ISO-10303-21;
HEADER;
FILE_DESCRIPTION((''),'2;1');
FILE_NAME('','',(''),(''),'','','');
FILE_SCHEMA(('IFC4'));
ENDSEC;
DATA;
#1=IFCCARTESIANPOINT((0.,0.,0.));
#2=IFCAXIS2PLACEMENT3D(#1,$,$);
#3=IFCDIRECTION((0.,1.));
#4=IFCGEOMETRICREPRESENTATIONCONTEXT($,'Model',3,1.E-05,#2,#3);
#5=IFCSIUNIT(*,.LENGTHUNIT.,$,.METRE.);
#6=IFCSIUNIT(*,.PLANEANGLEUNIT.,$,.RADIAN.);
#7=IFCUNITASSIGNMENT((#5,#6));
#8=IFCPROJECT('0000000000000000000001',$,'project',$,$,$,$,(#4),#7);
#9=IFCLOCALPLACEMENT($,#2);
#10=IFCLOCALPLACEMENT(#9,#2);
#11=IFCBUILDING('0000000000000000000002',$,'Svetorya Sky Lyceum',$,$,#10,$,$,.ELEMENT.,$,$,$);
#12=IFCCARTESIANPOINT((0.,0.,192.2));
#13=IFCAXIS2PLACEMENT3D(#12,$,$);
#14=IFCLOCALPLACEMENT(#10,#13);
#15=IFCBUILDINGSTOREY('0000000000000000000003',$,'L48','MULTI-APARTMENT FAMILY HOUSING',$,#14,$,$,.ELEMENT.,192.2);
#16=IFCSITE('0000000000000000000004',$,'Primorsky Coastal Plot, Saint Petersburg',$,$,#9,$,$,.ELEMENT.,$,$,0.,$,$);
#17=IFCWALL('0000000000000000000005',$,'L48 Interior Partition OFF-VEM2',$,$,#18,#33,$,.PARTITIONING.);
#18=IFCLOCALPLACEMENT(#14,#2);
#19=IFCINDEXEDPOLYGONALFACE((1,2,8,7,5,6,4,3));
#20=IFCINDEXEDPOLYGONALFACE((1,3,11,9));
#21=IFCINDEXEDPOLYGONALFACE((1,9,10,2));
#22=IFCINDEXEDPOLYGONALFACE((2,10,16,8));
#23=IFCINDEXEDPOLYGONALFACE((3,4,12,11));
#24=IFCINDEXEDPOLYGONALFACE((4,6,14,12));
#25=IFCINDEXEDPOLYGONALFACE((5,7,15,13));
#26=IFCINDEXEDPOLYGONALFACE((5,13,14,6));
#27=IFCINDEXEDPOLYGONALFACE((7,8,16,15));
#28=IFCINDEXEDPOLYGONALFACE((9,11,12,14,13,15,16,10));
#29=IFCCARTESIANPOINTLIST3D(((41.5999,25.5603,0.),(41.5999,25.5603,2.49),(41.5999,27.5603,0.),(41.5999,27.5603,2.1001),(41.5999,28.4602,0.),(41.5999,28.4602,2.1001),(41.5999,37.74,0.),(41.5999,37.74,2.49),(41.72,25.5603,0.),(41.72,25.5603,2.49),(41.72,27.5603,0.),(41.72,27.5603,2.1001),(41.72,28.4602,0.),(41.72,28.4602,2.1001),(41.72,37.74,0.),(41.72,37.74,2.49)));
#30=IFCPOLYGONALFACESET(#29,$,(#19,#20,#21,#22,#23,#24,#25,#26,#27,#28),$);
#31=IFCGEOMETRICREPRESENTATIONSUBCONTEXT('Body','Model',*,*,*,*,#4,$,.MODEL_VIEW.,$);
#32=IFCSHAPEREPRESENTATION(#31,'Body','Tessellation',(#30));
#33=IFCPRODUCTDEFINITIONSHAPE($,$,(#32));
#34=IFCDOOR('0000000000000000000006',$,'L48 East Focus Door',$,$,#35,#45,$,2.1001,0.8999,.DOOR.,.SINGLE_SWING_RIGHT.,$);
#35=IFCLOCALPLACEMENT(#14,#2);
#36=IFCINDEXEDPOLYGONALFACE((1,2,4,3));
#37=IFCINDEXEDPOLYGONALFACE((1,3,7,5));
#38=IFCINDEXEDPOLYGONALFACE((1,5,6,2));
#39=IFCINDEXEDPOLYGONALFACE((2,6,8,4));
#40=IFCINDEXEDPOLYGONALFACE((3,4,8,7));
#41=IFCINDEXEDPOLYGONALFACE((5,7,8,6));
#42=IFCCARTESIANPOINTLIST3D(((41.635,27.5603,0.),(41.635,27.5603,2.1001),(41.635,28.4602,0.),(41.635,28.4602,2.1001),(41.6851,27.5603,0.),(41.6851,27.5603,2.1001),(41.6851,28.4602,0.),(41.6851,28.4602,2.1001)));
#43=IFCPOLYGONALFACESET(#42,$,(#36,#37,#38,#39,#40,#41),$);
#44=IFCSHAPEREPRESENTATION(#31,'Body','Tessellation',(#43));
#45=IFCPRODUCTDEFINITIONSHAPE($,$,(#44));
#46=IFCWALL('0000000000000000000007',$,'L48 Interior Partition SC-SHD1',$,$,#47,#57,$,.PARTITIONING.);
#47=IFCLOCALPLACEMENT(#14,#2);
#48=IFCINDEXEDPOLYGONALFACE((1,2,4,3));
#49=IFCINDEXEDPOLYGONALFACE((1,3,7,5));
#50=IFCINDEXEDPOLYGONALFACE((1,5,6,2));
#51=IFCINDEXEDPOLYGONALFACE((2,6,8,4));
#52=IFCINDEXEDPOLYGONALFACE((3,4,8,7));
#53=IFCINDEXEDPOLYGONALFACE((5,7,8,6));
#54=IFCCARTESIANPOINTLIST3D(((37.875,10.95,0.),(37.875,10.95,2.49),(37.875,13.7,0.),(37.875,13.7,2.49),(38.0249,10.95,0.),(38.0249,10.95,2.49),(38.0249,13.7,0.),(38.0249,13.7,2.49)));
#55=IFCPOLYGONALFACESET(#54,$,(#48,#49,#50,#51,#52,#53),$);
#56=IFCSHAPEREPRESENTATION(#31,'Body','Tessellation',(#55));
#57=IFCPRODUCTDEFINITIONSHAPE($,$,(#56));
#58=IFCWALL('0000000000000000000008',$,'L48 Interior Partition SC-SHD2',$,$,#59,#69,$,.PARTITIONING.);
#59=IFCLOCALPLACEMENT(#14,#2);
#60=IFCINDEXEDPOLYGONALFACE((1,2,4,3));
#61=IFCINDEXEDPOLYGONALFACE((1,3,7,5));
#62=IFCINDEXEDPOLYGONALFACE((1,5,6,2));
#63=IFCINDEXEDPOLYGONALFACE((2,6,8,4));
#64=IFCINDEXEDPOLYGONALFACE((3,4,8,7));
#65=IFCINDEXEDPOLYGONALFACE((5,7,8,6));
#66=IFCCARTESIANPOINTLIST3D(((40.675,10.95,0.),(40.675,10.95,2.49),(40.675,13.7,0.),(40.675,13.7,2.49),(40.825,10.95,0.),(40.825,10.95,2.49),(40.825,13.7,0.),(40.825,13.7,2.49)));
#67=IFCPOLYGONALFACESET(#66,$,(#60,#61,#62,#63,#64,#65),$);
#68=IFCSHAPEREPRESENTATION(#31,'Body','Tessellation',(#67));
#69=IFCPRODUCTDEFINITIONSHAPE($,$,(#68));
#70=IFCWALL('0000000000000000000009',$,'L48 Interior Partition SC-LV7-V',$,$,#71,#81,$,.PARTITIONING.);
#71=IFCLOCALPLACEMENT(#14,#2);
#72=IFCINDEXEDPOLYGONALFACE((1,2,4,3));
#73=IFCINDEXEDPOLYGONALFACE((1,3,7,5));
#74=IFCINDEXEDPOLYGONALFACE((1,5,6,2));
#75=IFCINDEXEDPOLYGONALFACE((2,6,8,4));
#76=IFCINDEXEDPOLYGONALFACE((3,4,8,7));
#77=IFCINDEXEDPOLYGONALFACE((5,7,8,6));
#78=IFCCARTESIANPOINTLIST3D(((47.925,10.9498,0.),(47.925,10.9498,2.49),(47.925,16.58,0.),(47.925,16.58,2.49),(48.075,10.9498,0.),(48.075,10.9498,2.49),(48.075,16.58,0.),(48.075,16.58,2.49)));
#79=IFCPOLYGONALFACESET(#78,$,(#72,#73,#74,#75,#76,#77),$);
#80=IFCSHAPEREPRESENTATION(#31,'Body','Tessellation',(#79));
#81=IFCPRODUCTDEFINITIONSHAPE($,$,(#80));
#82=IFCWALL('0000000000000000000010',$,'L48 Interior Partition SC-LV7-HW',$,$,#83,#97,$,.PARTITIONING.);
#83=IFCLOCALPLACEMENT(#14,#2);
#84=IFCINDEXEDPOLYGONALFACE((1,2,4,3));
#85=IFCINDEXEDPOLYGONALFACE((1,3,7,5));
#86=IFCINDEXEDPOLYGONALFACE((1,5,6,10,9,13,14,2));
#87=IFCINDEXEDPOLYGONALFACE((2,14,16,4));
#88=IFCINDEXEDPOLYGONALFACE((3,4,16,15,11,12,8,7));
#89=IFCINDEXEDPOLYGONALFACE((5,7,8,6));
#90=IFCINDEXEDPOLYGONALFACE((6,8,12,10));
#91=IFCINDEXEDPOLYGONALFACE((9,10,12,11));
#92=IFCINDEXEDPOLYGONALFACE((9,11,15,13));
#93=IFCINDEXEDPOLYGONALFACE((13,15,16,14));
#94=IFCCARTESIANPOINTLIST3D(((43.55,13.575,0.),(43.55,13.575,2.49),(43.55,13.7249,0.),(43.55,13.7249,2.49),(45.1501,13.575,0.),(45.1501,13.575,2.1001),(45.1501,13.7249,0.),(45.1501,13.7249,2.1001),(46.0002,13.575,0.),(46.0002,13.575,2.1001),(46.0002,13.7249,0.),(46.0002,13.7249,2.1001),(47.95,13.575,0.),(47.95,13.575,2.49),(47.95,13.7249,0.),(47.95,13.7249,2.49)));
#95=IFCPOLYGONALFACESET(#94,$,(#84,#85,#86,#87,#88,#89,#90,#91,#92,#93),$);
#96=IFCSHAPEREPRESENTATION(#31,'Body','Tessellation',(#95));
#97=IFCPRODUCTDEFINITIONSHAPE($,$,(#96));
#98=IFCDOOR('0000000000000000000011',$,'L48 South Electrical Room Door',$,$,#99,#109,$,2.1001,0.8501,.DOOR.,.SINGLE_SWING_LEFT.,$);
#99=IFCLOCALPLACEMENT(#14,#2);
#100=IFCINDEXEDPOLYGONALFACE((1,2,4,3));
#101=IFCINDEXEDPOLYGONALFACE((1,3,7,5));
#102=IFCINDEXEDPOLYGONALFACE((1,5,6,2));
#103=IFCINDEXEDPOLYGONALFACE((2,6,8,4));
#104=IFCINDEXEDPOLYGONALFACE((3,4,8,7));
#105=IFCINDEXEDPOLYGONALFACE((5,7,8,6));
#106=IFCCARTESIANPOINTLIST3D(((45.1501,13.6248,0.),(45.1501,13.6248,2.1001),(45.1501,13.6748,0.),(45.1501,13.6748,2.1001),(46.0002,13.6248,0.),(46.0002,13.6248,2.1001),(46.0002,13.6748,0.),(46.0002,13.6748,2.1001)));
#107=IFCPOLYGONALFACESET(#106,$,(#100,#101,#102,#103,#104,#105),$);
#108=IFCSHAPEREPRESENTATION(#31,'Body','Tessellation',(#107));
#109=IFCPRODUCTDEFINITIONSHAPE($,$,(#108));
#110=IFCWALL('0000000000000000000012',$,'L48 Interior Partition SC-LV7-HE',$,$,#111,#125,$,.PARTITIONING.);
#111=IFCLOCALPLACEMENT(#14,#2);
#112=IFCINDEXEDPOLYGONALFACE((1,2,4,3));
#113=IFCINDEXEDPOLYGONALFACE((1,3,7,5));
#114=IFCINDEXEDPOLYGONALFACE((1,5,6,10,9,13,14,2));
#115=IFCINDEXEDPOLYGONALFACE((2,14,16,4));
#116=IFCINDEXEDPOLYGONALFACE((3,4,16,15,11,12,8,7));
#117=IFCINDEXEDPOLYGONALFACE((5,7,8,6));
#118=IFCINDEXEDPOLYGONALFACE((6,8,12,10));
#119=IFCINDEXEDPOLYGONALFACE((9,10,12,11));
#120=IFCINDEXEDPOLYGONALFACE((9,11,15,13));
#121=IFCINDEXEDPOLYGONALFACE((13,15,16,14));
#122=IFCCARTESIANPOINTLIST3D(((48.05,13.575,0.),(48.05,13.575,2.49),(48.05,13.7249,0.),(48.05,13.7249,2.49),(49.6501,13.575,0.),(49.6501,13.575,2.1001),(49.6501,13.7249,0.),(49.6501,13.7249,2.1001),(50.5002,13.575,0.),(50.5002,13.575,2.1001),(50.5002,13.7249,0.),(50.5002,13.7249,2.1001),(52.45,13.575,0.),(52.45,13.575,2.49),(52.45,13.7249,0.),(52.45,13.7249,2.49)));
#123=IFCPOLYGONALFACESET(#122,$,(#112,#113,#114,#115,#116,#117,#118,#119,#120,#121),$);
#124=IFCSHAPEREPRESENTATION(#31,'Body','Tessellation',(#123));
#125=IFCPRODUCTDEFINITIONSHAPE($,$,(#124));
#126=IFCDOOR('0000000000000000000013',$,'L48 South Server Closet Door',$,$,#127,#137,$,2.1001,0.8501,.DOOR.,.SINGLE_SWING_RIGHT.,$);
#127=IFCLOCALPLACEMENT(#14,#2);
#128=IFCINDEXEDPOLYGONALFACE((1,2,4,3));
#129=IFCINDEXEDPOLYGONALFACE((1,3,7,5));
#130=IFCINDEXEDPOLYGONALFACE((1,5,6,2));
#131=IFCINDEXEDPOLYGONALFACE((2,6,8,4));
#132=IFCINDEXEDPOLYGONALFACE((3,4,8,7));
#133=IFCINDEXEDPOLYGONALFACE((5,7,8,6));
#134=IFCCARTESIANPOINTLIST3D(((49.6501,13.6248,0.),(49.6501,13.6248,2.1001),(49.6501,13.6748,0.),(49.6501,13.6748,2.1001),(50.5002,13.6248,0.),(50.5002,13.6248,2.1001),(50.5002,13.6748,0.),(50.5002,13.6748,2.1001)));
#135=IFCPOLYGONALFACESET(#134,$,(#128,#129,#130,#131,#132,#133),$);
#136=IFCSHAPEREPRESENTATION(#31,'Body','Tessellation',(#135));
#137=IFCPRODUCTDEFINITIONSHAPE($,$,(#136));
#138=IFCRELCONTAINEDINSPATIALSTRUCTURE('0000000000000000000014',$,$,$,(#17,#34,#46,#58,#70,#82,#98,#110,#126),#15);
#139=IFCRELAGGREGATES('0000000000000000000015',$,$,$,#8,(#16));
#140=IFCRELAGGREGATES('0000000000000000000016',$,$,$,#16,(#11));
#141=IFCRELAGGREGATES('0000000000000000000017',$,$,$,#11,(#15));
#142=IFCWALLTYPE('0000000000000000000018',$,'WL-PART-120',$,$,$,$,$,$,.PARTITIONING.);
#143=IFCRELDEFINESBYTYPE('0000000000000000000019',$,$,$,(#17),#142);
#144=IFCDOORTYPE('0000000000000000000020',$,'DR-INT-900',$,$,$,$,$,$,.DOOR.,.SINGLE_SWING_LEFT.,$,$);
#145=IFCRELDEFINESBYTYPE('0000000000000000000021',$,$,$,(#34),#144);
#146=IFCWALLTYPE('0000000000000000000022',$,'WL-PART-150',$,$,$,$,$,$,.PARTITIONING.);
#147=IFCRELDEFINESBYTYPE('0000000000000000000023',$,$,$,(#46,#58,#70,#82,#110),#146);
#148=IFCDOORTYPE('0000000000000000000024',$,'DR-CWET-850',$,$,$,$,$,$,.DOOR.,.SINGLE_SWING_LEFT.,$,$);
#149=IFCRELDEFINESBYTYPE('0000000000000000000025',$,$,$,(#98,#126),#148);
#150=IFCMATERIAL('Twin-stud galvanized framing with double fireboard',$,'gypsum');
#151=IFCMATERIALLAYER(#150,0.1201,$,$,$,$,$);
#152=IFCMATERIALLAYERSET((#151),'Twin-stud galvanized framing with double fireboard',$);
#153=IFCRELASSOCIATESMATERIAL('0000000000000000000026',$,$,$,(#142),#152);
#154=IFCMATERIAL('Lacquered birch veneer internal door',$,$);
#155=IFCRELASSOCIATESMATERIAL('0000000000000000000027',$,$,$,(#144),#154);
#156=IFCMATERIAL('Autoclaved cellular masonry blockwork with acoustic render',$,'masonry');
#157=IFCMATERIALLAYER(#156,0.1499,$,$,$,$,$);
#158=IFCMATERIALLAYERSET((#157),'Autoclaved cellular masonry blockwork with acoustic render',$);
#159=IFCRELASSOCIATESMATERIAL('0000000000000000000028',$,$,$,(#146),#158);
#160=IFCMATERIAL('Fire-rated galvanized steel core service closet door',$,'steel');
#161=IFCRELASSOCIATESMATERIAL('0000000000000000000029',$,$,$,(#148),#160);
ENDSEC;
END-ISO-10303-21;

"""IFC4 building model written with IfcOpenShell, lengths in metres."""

from ifc_helpers import new_model, si_unit, direction, frame, frame_2d, origin, place, context, subcontext, project, spatial, rectangle, extrude, material, layer, layer_set, type_object, element, fill, save


model = new_model("IFC4")

# Units and contexts
model_context = context("Model", 3, precision=1e-05, world=origin(), true_north=direction((0.0, 1.0)))
body_context = subcontext(model_context, "Body", "Model", "MODEL_VIEW")
ifc_project = project(units=[si_unit("LENGTHUNIT", "METRE"), si_unit("PLANEANGLEUNIT", "RADIAN")], contexts=[model_context])

# Site, building, storey
site_placement = place(None, origin())
site = spatial("IfcSite", under=ifc_project, at=site_placement, Name="Primorsky Coastal Plot, Saint Petersburg", CompositionType="ELEMENT", RefElevation=0.0)
building_placement = place(site_placement, origin())
building = spatial("IfcBuilding", under=site, at=building_placement, Name="Svetorya Sky Lyceum", CompositionType="ELEMENT")
storey_placement = place(building_placement, frame((0.0, 0.0, 192.2)))
storey = spatial("IfcBuildingStorey", under=building, at=storey_placement, Name="L48", Description="MULTI-APARTMENT FAMILY HOUSING", CompositionType="ELEMENT", Elevation=192.2)

# Wall, opening, door
ifc_material_1 = material(Name="Twin-stud galvanized framing with double fireboard", Category="gypsum")
ifc_layer_1 = layer(ifc_material_1, 0.1201)
ifc_layer_set_1 = layer_set([ifc_layer_1], Name="Twin-stud galvanized framing with double fireboard")
wall_type_1 = type_object("IfcWallType", Name="WL-PART-120", PredefinedType="PARTITIONING", material=ifc_layer_set_1)
ifc_material_2 = material(Name="Lacquered birch veneer internal door")
door_type_1 = type_object("IfcDoorType", Name="DR-INT-900", OperationType="SINGLE_SWING_LEFT", PredefinedType="DOOR", material=ifc_material_2)
wall_1_placement = place(storey_placement, frame((41.6599, 25.5603, 0.0), z_axis=(0.0, 0.0, 1.0), x_axis=(0.0, 1.0, 0.0)))
wall_1 = element("IfcWall", 1, at=wall_1_placement, inside=storey, type_object=wall_type_1, Name="L48 Interior Partition OFF-VEM2", PredefinedType="PARTITIONING", context=body_context, shape_type="SweptSolid", body=[
    extrude(rectangle(XDim=12.1797, YDim=0.1201, at=frame_2d((6.0898, 0.0))), origin(), (0.0, 0.0, 1.0), 2.49),
])
opening_1_placement = place(wall_1_placement, frame((2.0, 0.0, 0.0)))
opening_1 = element("IfcOpeningElement", 2, at=opening_1_placement, cuts=wall_1, PredefinedType="OPENING", context=body_context, shape_type="SweptSolid", body=[
    extrude(rectangle(XDim=0.8999, YDim=2.1001, at=frame_2d((0.45, 1.05))), frame((0.0, 0.0701, 0.0), z_axis=(0.0, -1.0, 0.0), x_axis=(1.0, 0.0, 0.0)), (0.0, 0.0, 1.0), 0.1401),
])
door_1_placement = place(opening_1_placement, origin())
door_1 = element("IfcDoor", 3, at=door_1_placement, inside=storey, type_object=door_type_1, Name="L48 East Focus Door", OperationType="SINGLE_SWING_RIGHT", OverallHeight=2.1001, OverallWidth=0.8999, PredefinedType="DOOR", context=body_context, shape_type="SweptSolid", body=[
    extrude(rectangle(XDim=0.8999, YDim=2.1001, at=frame_2d((0.45, 1.05))), frame((0.0, 0.0249, 0.0), z_axis=(0.0, -1.0, 0.0), x_axis=(1.0, 0.0, 0.0)), (0.0, 0.0, 1.0), 0.05),
])
fill(opening_1, door_1)

# Walls
ifc_material_3 = material(Name="Autoclaved cellular masonry blockwork with acoustic render", Category="masonry")
ifc_layer_2 = layer(ifc_material_3, 0.1499)
ifc_layer_set_2 = layer_set([ifc_layer_2], Name="Autoclaved cellular masonry blockwork with acoustic render")
wall_type_2 = type_object("IfcWallType", Name="WL-PART-150", PredefinedType="PARTITIONING", material=ifc_layer_set_2)
for number, where, z_axis, x_axis, name in (
    (4, (37.95, 10.95, 0.0), (0.0, 0.0, 1.0), (0.0, 1.0, 0.0), "L48 Interior Partition SC-SHD1"),
    (5, (40.75, 10.95, 0.0), (0.0, 0.0, 1.0), (0.0, 1.0, 0.0), "L48 Interior Partition SC-SHD2"),
):
    element("IfcWall", number, at=place(storey_placement, frame(where, z_axis=z_axis, x_axis=x_axis)), inside=storey, type_object=wall_type_2, Name=name, PredefinedType="PARTITIONING", context=body_context, shape_type="SweptSolid", body=[
        extrude(rectangle(XDim=2.75, YDim=0.1499, at=frame_2d((1.375, 0.0))), origin(), (0.0, 0.0, 1.0), 2.49),
    ])
wall_2_placement = place(storey_placement, frame((48.0, 10.95, 0.0), z_axis=(0.0, 0.0, 1.0), x_axis=(0.0, 1.0, 0.0)))
element("IfcWall", 6, at=wall_2_placement, inside=storey, type_object=wall_type_2, Name="L48 Interior Partition SC-LV7-V", PredefinedType="PARTITIONING", context=body_context, shape_type="SweptSolid", body=[
    extrude(rectangle(XDim=5.6301, YDim=0.1499, at=frame_2d((2.8149, 0.0))), origin(), (0.0, 0.0, 1.0), 2.49),
])

# Walls, openings, doors
wall_3_placement = place(storey_placement, frame((43.55, 13.6499, 0.0), z_axis=(0.0, 0.0, 1.0), x_axis=(1.0, 0.0, 0.0)))
wall_3 = element("IfcWall", 7, at=wall_3_placement, inside=storey, type_object=wall_type_2, Name="L48 Interior Partition SC-LV7-HW", PredefinedType="PARTITIONING", context=body_context, shape_type="SweptSolid", body=[
    extrude(rectangle(XDim=4.3999, YDim=0.1499, at=frame_2d((2.2, 0.0))), origin(), (0.0, 0.0, 1.0), 2.49),
])
opening_2_placement = place(wall_3_placement, frame((1.6001, 0.0, 0.0)))
opening_2 = element("IfcOpeningElement", 8, at=opening_2_placement, cuts=wall_3, PredefinedType="OPENING", context=body_context, shape_type="SweptSolid", body=[
    extrude(rectangle(XDim=0.8501, YDim=2.1001, at=frame_2d((0.425, 1.05))), frame((0.0, 0.085, 0.0), z_axis=(0.0, -1.0, 0.0), x_axis=(1.0, 0.0, 0.0)), (0.0, 0.0, 1.0), 0.1699),
])
ifc_material_4 = material(Name="Fire-rated galvanized steel core service closet door", Category="steel")
door_type_2 = type_object("IfcDoorType", Name="DR-CWET-850", OperationType="SINGLE_SWING_LEFT", PredefinedType="DOOR", material=ifc_material_4)
door_2_placement = place(opening_2_placement, origin())
door_2 = element("IfcDoor", 9, at=door_2_placement, inside=storey, type_object=door_type_2, Name="L48 South Electrical Room Door", OperationType="SINGLE_SWING_LEFT", OverallHeight=2.1001, OverallWidth=0.8501, PredefinedType="DOOR", context=body_context, shape_type="SweptSolid", body=[
    extrude(rectangle(XDim=0.8501, YDim=2.1001, at=frame_2d((0.425, 1.05))), frame((0.0, 0.0249, 0.0), z_axis=(0.0, -1.0, 0.0), x_axis=(1.0, 0.0, 0.0)), (0.0, 0.0, 1.0), 0.05),
])
fill(opening_2, door_2)
wall_4_placement = place(storey_placement, frame((48.05, 13.6499, 0.0), z_axis=(0.0, 0.0, 1.0), x_axis=(1.0, 0.0, 0.0)))
wall_4 = element("IfcWall", 10, at=wall_4_placement, inside=storey, type_object=wall_type_2, Name="L48 Interior Partition SC-LV7-HE", PredefinedType="PARTITIONING", context=body_context, shape_type="SweptSolid", body=[
    extrude(rectangle(XDim=4.3999, YDim=0.1499, at=frame_2d((2.2, 0.0))), origin(), (0.0, 0.0, 1.0), 2.49),
])
opening_3_placement = place(wall_4_placement, frame((1.6001, 0.0, 0.0)))
opening_3 = element("IfcOpeningElement", 11, at=opening_3_placement, cuts=wall_4, PredefinedType="OPENING", context=body_context, shape_type="SweptSolid", body=[
    extrude(rectangle(XDim=0.8501, YDim=2.1001, at=frame_2d((0.425, 1.05))), frame((0.0, 0.085, 0.0), z_axis=(0.0, -1.0, 0.0), x_axis=(1.0, 0.0, 0.0)), (0.0, 0.0, 1.0), 0.1699),
])
door_3_placement = place(opening_3_placement, origin())
door_3 = element("IfcDoor", 12, at=door_3_placement, inside=storey, type_object=door_type_2, Name="L48 South Server Closet Door", OperationType="SINGLE_SWING_RIGHT", OverallHeight=2.1001, OverallWidth=0.8501, PredefinedType="DOOR", context=body_context, shape_type="SweptSolid", body=[
    extrude(rectangle(XDim=0.8501, YDim=2.1001, at=frame_2d((0.425, 1.05))), frame((0.0, 0.0249, 0.0), z_axis=(0.0, -1.0, 0.0), x_axis=(1.0, 0.0, 0.0)), (0.0, 0.0, 1.0), 0.05),
])
fill(opening_3, door_3)

save(model, "model.ifc")
